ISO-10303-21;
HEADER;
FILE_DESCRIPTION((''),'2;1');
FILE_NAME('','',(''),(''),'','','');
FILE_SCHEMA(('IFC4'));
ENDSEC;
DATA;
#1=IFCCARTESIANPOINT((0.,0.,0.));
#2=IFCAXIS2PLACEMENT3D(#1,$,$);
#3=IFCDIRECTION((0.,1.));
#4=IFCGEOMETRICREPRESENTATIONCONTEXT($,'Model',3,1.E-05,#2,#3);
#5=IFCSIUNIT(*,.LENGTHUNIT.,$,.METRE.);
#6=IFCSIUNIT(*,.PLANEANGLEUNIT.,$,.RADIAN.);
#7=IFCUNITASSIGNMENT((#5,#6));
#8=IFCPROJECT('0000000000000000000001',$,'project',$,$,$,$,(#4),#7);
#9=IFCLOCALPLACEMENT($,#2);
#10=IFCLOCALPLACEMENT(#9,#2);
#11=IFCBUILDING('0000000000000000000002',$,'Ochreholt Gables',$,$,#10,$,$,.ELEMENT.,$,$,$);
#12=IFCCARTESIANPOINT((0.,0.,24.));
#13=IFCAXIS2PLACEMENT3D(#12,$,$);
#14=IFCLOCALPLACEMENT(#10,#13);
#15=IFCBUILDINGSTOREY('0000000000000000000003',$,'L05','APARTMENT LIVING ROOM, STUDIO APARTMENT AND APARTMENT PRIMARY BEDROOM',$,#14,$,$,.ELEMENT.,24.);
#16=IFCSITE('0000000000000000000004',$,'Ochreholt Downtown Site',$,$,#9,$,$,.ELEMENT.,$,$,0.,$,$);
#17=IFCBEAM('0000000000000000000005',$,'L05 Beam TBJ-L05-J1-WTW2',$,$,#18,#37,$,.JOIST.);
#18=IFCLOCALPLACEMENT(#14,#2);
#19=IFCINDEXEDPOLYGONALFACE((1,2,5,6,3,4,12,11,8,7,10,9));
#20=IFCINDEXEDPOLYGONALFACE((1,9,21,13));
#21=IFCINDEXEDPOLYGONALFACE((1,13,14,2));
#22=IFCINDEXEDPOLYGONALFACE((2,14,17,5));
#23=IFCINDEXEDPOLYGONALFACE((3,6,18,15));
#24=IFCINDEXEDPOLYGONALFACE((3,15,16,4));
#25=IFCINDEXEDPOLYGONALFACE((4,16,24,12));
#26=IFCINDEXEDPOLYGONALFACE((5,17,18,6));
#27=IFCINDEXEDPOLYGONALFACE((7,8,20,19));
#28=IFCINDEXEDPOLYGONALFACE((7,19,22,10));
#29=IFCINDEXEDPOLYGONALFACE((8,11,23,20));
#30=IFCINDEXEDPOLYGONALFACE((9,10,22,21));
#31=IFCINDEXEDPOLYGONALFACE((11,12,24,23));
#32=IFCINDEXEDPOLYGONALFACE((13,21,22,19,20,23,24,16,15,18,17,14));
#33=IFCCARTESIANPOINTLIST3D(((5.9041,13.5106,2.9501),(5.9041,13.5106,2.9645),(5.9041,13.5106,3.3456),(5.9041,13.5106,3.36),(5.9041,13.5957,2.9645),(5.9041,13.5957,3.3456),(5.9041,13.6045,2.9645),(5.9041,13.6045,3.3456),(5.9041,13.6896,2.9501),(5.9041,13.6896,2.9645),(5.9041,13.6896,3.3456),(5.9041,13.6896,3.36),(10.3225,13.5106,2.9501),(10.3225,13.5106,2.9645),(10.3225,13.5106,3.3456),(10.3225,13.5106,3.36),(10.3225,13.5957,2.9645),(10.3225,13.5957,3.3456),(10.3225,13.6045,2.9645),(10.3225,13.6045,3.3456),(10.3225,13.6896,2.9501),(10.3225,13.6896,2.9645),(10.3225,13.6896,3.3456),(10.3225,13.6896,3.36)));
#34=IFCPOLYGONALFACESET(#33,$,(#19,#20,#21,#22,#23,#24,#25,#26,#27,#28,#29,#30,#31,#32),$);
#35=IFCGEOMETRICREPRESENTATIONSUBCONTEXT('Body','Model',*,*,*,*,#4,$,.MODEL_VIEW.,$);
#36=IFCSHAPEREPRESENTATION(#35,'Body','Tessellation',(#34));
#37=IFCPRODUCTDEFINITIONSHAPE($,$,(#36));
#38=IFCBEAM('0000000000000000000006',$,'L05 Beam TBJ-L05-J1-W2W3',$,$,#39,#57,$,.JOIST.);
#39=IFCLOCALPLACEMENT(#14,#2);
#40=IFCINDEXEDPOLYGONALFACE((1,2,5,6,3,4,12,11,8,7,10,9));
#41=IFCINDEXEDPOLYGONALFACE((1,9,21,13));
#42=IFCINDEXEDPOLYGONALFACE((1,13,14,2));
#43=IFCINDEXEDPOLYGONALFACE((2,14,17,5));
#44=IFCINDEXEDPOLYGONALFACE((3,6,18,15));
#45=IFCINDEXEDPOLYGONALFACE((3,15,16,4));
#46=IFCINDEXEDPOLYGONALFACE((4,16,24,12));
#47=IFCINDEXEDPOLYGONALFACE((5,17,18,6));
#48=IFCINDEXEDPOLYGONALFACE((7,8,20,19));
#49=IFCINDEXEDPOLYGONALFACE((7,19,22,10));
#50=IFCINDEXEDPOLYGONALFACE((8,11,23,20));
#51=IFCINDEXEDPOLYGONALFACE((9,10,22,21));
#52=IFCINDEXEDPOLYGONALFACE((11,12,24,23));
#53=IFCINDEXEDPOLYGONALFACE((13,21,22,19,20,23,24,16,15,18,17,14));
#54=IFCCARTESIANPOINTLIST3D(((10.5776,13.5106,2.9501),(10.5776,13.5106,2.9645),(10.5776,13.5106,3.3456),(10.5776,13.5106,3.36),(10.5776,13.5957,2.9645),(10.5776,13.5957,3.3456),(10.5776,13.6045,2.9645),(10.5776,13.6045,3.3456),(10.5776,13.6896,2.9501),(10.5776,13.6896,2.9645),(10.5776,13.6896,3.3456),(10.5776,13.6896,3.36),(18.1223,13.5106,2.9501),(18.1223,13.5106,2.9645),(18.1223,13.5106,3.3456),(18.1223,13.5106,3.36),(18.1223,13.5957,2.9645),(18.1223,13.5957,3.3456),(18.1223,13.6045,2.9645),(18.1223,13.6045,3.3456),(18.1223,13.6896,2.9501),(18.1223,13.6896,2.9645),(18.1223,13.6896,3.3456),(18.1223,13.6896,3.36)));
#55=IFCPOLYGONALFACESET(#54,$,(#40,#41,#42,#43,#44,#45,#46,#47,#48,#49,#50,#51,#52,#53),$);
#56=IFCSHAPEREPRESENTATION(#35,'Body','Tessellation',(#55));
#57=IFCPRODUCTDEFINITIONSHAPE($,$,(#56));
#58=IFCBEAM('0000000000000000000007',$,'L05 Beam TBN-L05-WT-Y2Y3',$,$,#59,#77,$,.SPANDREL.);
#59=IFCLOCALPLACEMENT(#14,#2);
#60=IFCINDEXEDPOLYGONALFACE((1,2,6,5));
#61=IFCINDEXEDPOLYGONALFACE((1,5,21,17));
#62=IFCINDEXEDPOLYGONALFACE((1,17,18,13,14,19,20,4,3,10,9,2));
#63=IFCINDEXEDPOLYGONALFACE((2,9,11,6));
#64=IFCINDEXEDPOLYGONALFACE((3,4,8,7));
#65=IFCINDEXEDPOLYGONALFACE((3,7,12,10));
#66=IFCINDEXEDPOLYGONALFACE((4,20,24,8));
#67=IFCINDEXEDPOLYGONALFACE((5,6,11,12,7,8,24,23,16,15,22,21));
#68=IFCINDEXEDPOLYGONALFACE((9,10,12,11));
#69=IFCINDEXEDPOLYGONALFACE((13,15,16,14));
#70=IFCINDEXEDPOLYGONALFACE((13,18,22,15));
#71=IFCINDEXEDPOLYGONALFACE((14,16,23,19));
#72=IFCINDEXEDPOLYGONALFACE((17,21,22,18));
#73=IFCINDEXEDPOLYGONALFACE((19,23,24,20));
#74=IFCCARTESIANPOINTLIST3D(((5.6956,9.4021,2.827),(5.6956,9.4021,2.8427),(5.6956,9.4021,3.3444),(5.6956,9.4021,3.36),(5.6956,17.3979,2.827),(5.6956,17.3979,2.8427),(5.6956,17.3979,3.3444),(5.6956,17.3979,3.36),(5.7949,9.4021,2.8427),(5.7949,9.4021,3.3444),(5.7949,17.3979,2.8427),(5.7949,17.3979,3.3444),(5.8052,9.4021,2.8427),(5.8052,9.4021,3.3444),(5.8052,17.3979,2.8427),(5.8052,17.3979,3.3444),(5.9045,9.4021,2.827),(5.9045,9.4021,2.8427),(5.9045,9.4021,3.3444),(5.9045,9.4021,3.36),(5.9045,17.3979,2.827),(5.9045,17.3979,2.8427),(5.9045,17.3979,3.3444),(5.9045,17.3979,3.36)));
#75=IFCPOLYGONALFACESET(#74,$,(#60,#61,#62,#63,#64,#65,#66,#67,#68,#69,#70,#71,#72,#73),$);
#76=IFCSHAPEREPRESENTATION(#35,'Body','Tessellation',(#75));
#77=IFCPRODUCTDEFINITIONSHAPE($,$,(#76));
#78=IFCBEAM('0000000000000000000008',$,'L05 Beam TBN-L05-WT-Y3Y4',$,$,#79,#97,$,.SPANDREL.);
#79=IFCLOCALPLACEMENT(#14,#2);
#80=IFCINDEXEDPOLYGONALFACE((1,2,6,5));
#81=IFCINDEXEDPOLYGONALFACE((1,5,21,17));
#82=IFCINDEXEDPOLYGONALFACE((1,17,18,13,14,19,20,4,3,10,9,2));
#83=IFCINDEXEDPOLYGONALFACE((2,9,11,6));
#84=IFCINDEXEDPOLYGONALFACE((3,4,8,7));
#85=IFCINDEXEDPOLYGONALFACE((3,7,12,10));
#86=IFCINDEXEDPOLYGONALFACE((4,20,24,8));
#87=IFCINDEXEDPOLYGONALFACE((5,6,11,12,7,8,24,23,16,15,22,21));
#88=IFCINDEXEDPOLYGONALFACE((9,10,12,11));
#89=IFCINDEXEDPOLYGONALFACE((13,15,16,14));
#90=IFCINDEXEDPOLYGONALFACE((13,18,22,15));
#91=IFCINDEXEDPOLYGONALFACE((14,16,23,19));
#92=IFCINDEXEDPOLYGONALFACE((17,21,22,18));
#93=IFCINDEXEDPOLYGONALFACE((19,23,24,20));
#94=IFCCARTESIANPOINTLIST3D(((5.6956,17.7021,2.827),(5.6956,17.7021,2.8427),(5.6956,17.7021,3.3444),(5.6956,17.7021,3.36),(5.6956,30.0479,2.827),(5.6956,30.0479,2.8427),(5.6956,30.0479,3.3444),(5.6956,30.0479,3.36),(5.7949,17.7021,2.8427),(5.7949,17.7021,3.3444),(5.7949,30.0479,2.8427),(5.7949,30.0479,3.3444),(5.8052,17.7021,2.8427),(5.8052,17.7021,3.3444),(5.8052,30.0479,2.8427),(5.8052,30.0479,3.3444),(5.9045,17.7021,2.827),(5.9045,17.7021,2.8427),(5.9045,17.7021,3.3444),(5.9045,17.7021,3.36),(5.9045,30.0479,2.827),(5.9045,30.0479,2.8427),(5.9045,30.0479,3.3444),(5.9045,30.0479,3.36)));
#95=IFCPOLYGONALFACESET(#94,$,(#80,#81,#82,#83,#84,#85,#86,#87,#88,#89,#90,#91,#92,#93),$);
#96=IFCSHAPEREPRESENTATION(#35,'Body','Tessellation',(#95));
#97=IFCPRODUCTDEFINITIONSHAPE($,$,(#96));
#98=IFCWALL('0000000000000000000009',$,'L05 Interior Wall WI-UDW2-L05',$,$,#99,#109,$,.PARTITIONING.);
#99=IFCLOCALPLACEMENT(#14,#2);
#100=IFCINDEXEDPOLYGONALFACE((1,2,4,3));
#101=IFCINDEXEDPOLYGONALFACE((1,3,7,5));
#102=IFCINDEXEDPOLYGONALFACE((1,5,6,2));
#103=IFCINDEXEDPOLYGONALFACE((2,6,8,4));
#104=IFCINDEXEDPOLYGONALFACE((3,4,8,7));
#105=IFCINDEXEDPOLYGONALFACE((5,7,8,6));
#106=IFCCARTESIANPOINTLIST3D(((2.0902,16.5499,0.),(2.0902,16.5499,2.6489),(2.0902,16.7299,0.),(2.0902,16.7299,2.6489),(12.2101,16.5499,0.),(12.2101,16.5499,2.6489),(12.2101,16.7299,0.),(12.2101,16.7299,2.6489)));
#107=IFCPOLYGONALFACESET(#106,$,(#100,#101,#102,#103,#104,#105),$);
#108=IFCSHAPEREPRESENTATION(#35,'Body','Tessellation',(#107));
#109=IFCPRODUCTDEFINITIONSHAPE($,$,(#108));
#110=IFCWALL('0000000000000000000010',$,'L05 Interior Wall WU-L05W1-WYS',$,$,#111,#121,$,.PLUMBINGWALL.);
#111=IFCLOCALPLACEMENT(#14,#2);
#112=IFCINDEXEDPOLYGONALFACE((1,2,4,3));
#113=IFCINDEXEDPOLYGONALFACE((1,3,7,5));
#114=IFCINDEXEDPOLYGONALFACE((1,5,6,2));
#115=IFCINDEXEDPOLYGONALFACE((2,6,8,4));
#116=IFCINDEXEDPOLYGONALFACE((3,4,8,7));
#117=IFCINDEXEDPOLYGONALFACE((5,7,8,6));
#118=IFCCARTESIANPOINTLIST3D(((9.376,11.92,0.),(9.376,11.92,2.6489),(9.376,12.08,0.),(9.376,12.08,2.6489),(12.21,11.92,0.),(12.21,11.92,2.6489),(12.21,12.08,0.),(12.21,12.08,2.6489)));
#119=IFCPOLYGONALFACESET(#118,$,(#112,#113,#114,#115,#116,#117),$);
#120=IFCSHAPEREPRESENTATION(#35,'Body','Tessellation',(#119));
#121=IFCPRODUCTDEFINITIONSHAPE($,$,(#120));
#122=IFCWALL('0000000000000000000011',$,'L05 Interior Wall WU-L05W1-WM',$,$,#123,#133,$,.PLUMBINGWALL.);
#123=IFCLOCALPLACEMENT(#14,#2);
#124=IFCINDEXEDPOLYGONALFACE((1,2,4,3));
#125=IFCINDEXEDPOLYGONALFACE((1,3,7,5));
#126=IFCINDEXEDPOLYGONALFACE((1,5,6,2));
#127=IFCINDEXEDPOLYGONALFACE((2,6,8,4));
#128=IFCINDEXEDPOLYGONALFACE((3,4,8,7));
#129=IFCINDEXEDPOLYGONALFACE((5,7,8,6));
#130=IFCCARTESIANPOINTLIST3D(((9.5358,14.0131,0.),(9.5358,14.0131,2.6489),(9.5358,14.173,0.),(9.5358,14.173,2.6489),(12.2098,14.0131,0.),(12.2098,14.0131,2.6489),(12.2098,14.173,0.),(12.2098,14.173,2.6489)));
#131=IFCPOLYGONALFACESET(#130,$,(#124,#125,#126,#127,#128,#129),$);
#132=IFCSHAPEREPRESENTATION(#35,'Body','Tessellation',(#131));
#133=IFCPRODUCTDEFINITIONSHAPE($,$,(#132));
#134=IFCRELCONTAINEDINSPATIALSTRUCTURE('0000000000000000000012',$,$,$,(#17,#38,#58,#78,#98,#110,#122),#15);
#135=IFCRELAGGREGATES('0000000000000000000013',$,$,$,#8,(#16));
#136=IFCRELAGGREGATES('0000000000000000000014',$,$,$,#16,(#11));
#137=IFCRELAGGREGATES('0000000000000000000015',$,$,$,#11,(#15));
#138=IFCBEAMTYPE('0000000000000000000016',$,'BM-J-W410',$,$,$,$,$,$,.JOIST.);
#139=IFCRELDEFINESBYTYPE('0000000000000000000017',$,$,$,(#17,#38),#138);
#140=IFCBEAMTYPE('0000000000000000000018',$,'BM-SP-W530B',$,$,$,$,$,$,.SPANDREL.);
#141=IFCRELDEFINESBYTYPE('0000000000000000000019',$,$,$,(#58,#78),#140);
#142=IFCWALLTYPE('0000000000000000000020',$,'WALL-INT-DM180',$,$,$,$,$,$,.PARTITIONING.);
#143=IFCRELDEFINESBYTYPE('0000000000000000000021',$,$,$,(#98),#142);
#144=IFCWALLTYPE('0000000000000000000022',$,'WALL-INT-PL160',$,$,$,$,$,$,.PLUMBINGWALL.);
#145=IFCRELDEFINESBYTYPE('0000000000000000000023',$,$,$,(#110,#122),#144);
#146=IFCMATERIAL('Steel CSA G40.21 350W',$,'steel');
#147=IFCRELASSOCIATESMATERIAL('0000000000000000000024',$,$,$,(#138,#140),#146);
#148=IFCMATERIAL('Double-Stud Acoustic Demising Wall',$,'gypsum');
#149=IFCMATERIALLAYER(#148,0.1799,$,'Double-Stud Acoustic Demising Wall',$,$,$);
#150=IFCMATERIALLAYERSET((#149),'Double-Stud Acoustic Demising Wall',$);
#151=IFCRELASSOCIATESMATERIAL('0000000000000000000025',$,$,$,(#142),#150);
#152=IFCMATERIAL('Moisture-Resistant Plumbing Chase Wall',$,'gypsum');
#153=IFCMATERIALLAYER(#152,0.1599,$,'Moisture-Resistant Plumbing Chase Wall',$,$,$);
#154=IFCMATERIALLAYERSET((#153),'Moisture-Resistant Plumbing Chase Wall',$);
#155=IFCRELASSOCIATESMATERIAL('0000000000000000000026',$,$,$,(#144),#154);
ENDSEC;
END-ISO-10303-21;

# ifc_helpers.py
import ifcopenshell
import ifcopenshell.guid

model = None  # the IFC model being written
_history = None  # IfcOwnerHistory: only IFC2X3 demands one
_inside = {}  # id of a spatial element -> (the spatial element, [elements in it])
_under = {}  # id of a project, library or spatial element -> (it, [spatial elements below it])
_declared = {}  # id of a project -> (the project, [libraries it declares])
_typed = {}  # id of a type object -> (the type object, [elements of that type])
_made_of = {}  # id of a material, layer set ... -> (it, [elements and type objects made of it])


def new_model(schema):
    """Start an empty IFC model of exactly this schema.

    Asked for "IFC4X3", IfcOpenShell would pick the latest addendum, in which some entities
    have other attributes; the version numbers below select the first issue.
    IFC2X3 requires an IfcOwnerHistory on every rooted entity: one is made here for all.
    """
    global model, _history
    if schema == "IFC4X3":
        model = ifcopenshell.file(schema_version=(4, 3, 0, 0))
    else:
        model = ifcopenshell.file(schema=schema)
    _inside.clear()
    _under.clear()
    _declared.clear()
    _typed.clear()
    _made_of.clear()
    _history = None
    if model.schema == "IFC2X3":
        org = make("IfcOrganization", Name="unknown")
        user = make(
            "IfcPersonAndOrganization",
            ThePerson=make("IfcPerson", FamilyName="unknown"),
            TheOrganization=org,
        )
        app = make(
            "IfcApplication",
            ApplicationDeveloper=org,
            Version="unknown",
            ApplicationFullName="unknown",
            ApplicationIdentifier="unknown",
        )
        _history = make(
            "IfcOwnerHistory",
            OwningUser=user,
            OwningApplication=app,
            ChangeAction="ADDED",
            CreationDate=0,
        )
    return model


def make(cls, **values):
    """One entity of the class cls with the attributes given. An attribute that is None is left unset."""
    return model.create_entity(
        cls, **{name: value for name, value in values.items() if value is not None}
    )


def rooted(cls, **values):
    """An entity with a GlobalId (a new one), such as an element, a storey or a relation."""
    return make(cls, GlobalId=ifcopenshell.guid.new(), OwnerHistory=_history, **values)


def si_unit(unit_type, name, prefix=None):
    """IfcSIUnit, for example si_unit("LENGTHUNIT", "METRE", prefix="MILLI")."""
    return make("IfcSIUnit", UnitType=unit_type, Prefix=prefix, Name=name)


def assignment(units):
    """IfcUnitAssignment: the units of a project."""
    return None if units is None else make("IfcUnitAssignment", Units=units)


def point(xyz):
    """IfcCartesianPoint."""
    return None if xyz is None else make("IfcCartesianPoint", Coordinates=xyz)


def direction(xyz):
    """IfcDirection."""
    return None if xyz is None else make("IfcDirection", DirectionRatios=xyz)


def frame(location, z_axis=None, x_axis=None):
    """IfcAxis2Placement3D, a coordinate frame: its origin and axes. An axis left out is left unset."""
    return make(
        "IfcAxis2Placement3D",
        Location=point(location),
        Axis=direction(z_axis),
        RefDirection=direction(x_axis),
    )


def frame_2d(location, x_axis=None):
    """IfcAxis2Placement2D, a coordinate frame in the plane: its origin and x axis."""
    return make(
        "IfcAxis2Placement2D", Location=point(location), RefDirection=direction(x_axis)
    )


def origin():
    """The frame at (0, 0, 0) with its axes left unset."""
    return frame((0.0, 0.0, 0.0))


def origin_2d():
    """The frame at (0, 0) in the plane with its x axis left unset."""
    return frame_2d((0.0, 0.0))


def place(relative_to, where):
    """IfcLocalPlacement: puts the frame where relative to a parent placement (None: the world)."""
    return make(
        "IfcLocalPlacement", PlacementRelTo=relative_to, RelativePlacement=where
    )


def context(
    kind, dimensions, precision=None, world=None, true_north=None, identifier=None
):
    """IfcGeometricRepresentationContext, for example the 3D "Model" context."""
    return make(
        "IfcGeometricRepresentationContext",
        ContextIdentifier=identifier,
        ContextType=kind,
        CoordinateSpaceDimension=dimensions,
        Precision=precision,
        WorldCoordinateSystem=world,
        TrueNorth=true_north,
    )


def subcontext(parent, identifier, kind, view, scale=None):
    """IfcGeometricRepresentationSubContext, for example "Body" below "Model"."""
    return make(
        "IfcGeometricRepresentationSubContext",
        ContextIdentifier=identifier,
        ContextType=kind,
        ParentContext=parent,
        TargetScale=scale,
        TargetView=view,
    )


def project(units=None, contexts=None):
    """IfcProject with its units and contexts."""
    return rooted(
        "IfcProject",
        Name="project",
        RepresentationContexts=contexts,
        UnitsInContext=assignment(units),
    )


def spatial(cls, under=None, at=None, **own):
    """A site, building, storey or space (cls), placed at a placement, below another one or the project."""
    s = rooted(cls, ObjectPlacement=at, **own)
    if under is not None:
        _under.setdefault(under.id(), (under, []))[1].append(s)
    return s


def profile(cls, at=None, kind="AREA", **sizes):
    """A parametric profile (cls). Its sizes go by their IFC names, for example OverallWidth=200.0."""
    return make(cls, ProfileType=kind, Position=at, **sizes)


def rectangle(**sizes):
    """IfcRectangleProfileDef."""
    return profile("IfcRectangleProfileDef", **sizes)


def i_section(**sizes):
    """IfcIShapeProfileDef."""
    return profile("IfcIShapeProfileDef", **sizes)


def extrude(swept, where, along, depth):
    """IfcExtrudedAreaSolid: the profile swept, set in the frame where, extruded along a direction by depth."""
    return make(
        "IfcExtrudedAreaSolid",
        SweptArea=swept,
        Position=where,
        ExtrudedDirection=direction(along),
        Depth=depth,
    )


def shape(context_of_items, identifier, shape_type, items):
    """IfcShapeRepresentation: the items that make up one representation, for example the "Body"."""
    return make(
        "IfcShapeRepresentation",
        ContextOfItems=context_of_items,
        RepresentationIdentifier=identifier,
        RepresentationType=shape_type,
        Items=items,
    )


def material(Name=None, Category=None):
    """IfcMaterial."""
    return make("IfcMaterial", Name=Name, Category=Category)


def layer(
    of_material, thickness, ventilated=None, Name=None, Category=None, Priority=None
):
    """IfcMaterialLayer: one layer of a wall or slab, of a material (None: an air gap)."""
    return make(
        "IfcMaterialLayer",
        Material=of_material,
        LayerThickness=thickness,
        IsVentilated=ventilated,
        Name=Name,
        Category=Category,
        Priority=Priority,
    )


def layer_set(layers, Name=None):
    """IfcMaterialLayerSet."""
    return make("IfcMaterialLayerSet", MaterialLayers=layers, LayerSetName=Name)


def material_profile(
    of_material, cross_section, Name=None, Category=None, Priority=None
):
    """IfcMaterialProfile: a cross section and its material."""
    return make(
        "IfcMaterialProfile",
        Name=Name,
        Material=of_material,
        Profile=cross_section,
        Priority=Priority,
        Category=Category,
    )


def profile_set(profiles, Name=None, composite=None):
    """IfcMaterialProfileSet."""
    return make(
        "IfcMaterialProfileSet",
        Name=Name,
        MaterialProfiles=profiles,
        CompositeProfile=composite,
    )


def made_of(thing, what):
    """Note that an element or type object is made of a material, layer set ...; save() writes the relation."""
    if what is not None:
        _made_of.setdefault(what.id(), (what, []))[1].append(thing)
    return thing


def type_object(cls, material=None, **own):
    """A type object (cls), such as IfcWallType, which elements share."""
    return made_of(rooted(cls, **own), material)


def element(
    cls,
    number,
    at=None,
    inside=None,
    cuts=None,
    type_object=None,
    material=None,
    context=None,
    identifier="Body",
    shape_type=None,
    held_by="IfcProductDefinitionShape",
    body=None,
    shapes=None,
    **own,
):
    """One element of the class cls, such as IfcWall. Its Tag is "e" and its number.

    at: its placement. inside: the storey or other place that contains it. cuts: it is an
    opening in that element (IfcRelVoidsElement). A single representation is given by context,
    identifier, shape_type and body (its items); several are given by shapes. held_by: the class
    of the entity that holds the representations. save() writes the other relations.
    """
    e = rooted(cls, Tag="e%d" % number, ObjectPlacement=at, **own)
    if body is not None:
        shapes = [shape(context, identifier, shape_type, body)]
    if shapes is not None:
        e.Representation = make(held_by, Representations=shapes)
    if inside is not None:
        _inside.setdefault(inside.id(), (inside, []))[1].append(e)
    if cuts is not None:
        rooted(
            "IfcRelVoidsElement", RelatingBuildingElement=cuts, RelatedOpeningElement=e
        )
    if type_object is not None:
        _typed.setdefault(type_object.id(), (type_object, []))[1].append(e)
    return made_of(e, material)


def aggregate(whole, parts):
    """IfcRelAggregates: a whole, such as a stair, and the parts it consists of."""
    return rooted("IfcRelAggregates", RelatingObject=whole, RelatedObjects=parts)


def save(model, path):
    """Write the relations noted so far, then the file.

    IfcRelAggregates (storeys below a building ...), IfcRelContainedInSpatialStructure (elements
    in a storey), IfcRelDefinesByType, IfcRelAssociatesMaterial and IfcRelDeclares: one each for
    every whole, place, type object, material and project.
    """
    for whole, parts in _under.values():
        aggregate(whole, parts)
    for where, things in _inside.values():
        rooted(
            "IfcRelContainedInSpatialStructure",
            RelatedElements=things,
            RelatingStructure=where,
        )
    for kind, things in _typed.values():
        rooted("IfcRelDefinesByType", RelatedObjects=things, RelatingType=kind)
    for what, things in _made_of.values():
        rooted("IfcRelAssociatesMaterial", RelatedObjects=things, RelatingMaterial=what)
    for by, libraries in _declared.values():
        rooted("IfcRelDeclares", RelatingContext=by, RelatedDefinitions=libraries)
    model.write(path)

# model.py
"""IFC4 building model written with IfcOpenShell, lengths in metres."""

from ifc_helpers import new_model, si_unit, direction, frame, frame_2d, origin, origin_2d, place, context, subcontext, project, spatial, rectangle, i_section, extrude, material, layer, layer_set, material_profile, profile_set, type_object, element, save


model = new_model("IFC4")

# Units and contexts
model_context = context("Model", 3, precision=1e-05, world=origin(), true_north=direction((0.0, 1.0)))
body_context = subcontext(model_context, "Body", "Model", "MODEL_VIEW")
ifc_project = project(units=[si_unit("LENGTHUNIT", "METRE"), si_unit("PLANEANGLEUNIT", "RADIAN")], contexts=[model_context])

# Site, building, storey
site_placement = place(None, origin())
site = spatial("IfcSite", under=ifc_project, at=site_placement, Name="Ochreholt Downtown Site", CompositionType="ELEMENT", RefElevation=0.0)
building_placement = place(site_placement, origin())
building = spatial("IfcBuilding", under=site, at=building_placement, Name="Ochreholt Gables", CompositionType="ELEMENT")
storey_placement = place(building_placement, frame((0.0, 0.0, 24.0)))
storey = spatial("IfcBuildingStorey", under=building, at=storey_placement, Name="L05", Description="APARTMENT LIVING ROOM, STUDIO APARTMENT AND APARTMENT PRIMARY BEDROOM", CompositionType="ELEMENT", Elevation=24.0)

# Shared definitions
ifc_material_1 = material(Name="Steel CSA G40.21 350W", Category="steel")

# Beams
ifc_material_profile_1 = material_profile(ifc_material_1, i_section(OverallWidth=0.179, OverallDepth=0.4099, WebThickness=0.0088, FlangeThickness=0.0144, at=origin_2d()), Name="W410X67")
ifc_profile_set_1 = profile_set([ifc_material_profile_1], Name="Steel CSA G40.21 350W")
beam_type_1 = type_object("IfcBeamType", Name="BM-J-W410", PredefinedType="JOIST", material=ifc_profile_set_1)
beam_1_placement = place(storey_placement, frame((5.9041, 13.6001, 3.155), z_axis=(1.0, 0.0, 0.0), x_axis=(0.0, 1.0, 0.0)))
element("IfcBeam", 1, at=beam_1_placement, inside=storey, type_object=beam_type_1, Name="L05 Beam TBJ-L05-J1-WTW2", PredefinedType="JOIST", context=body_context, shape_type="SweptSolid", body=[
    extrude(i_section(OverallWidth=0.179, OverallDepth=0.4099, WebThickness=0.0088, FlangeThickness=0.0144, at=origin_2d()), origin(), (0.0, 0.0, 1.0), 4.4185),
])
beam_2_placement = place(storey_placement, frame((10.5776, 13.6001, 3.155), z_axis=(1.0, 0.0, 0.0), x_axis=(0.0, 1.0, 0.0)))
element("IfcBeam", 2, at=beam_2_placement, inside=storey, type_object=beam_type_1, Name="L05 Beam TBJ-L05-J1-W2W3", PredefinedType="JOIST", context=body_context, shape_type="SweptSolid", body=[
    extrude(i_section(OverallWidth=0.179, OverallDepth=0.4099, WebThickness=0.0088, FlangeThickness=0.0144, at=origin_2d()), origin(), (0.0, 0.0, 1.0), 7.5447),
])
ifc_material_profile_2 = material_profile(ifc_material_1, i_section(OverallWidth=0.209, OverallDepth=0.533, WebThickness=0.0103, FlangeThickness=0.0156, at=origin_2d()), Name="W530X92")
ifc_profile_set_2 = profile_set([ifc_material_profile_2], Name="Steel CSA G40.21 350W")
beam_type_2 = type_object("IfcBeamType", Name="BM-SP-W530B", PredefinedType="SPANDREL", material=ifc_profile_set_2)
beam_3_placement = place(storey_placement, frame((5.8, 9.4021, 3.0935), z_axis=(0.0, 1.0, 0.0), x_axis=(-1.0, 0.0, 0.0)))
element("IfcBeam", 3, at=beam_3_placement, inside=storey, type_object=beam_type_2, Name="L05 Beam TBN-L05-WT-Y2Y3", PredefinedType="SPANDREL", context=body_context, shape_type="SweptSolid", body=[
    extrude(i_section(OverallWidth=0.209, OverallDepth=0.533, WebThickness=0.0103, FlangeThickness=0.0156, at=origin_2d()), origin(), (0.0, 0.0, 1.0), 7.9958),
])
beam_4_placement = place(storey_placement, frame((5.8, 17.7021, 3.0935), z_axis=(0.0, 1.0, 0.0), x_axis=(-1.0, 0.0, 0.0)))
element("IfcBeam", 4, at=beam_4_placement, inside=storey, type_object=beam_type_2, Name="L05 Beam TBN-L05-WT-Y3Y4", PredefinedType="SPANDREL", context=body_context, shape_type="SweptSolid", body=[
    extrude(i_section(OverallWidth=0.209, OverallDepth=0.533, WebThickness=0.0103, FlangeThickness=0.0156, at=origin_2d()), origin(), (0.0, 0.0, 1.0), 12.3457),
])

# Walls
ifc_material_2 = material(Name="Double-Stud Acoustic Demising Wall", Category="gypsum")
ifc_layer_1 = layer(ifc_material_2, 0.1799, Name="Double-Stud Acoustic Demising Wall")
ifc_layer_set_1 = layer_set([ifc_layer_1], Name="Double-Stud Acoustic Demising Wall")
wall_type_1 = type_object("IfcWallType", Name="WALL-INT-DM180", PredefinedType="PARTITIONING", material=ifc_layer_set_1)
wall_1_placement = place(storey_placement, frame((2.0901, 16.6399, 0.0), z_axis=(0.0, 0.0, 1.0), x_axis=(1.0, 0.0, 0.0)))
element("IfcWall", 5, at=wall_1_placement, inside=storey, type_object=wall_type_1, Name="L05 Interior Wall WI-UDW2-L05", PredefinedType="PARTITIONING", context=body_context, shape_type="SweptSolid", body=[
    extrude(rectangle(XDim=10.1199, YDim=0.1799, at=frame_2d((5.0601, 0.0))), origin(), (0.0, 0.0, 1.0), 2.6489),
])
ifc_material_3 = material(Name="Moisture-Resistant Plumbing Chase Wall", Category="gypsum")
ifc_layer_2 = layer(ifc_material_3, 0.1599, Name="Moisture-Resistant Plumbing Chase Wall")
ifc_layer_set_2 = layer_set([ifc_layer_2], Name="Moisture-Resistant Plumbing Chase Wall")
wall_type_2 = type_object("IfcWallType", Name="WALL-INT-PL160", PredefinedType="PLUMBINGWALL", material=ifc_layer_set_2)
wall_2_placement = place(storey_placement, frame((9.376, 12.0, 0.0), z_axis=(0.0, 0.0, 1.0), x_axis=(1.0, 0.0, 0.0)))
element("IfcWall", 6, at=wall_2_placement, inside=storey, type_object=wall_type_2, Name="L05 Interior Wall WU-L05W1-WYS", PredefinedType="PLUMBINGWALL", context=body_context, shape_type="SweptSolid", body=[
    extrude(rectangle(XDim=2.834, YDim=0.1599, at=frame_2d((1.417, 0.0))), origin(), (0.0, 0.0, 1.0), 2.6489),
])

# Wall
wall_3_placement = place(storey_placement, frame((9.5359, 14.093, 0.0), z_axis=(0.0, 0.0, 1.0), x_axis=(1.0, 0.0, 0.0)))
element("IfcWall", 7, at=wall_3_placement, inside=storey, type_object=wall_type_2, Name="L05 Interior Wall WU-L05W1-WM", PredefinedType="PLUMBINGWALL", context=body_context, shape_type="SweptSolid", body=[
    extrude(rectangle(XDim=2.6741, YDim=0.1599, at=frame_2d((1.3369, 0.0))), origin(), (0.0, 0.0, 1.0), 2.6489),
])

save(model, "model.ifc")
